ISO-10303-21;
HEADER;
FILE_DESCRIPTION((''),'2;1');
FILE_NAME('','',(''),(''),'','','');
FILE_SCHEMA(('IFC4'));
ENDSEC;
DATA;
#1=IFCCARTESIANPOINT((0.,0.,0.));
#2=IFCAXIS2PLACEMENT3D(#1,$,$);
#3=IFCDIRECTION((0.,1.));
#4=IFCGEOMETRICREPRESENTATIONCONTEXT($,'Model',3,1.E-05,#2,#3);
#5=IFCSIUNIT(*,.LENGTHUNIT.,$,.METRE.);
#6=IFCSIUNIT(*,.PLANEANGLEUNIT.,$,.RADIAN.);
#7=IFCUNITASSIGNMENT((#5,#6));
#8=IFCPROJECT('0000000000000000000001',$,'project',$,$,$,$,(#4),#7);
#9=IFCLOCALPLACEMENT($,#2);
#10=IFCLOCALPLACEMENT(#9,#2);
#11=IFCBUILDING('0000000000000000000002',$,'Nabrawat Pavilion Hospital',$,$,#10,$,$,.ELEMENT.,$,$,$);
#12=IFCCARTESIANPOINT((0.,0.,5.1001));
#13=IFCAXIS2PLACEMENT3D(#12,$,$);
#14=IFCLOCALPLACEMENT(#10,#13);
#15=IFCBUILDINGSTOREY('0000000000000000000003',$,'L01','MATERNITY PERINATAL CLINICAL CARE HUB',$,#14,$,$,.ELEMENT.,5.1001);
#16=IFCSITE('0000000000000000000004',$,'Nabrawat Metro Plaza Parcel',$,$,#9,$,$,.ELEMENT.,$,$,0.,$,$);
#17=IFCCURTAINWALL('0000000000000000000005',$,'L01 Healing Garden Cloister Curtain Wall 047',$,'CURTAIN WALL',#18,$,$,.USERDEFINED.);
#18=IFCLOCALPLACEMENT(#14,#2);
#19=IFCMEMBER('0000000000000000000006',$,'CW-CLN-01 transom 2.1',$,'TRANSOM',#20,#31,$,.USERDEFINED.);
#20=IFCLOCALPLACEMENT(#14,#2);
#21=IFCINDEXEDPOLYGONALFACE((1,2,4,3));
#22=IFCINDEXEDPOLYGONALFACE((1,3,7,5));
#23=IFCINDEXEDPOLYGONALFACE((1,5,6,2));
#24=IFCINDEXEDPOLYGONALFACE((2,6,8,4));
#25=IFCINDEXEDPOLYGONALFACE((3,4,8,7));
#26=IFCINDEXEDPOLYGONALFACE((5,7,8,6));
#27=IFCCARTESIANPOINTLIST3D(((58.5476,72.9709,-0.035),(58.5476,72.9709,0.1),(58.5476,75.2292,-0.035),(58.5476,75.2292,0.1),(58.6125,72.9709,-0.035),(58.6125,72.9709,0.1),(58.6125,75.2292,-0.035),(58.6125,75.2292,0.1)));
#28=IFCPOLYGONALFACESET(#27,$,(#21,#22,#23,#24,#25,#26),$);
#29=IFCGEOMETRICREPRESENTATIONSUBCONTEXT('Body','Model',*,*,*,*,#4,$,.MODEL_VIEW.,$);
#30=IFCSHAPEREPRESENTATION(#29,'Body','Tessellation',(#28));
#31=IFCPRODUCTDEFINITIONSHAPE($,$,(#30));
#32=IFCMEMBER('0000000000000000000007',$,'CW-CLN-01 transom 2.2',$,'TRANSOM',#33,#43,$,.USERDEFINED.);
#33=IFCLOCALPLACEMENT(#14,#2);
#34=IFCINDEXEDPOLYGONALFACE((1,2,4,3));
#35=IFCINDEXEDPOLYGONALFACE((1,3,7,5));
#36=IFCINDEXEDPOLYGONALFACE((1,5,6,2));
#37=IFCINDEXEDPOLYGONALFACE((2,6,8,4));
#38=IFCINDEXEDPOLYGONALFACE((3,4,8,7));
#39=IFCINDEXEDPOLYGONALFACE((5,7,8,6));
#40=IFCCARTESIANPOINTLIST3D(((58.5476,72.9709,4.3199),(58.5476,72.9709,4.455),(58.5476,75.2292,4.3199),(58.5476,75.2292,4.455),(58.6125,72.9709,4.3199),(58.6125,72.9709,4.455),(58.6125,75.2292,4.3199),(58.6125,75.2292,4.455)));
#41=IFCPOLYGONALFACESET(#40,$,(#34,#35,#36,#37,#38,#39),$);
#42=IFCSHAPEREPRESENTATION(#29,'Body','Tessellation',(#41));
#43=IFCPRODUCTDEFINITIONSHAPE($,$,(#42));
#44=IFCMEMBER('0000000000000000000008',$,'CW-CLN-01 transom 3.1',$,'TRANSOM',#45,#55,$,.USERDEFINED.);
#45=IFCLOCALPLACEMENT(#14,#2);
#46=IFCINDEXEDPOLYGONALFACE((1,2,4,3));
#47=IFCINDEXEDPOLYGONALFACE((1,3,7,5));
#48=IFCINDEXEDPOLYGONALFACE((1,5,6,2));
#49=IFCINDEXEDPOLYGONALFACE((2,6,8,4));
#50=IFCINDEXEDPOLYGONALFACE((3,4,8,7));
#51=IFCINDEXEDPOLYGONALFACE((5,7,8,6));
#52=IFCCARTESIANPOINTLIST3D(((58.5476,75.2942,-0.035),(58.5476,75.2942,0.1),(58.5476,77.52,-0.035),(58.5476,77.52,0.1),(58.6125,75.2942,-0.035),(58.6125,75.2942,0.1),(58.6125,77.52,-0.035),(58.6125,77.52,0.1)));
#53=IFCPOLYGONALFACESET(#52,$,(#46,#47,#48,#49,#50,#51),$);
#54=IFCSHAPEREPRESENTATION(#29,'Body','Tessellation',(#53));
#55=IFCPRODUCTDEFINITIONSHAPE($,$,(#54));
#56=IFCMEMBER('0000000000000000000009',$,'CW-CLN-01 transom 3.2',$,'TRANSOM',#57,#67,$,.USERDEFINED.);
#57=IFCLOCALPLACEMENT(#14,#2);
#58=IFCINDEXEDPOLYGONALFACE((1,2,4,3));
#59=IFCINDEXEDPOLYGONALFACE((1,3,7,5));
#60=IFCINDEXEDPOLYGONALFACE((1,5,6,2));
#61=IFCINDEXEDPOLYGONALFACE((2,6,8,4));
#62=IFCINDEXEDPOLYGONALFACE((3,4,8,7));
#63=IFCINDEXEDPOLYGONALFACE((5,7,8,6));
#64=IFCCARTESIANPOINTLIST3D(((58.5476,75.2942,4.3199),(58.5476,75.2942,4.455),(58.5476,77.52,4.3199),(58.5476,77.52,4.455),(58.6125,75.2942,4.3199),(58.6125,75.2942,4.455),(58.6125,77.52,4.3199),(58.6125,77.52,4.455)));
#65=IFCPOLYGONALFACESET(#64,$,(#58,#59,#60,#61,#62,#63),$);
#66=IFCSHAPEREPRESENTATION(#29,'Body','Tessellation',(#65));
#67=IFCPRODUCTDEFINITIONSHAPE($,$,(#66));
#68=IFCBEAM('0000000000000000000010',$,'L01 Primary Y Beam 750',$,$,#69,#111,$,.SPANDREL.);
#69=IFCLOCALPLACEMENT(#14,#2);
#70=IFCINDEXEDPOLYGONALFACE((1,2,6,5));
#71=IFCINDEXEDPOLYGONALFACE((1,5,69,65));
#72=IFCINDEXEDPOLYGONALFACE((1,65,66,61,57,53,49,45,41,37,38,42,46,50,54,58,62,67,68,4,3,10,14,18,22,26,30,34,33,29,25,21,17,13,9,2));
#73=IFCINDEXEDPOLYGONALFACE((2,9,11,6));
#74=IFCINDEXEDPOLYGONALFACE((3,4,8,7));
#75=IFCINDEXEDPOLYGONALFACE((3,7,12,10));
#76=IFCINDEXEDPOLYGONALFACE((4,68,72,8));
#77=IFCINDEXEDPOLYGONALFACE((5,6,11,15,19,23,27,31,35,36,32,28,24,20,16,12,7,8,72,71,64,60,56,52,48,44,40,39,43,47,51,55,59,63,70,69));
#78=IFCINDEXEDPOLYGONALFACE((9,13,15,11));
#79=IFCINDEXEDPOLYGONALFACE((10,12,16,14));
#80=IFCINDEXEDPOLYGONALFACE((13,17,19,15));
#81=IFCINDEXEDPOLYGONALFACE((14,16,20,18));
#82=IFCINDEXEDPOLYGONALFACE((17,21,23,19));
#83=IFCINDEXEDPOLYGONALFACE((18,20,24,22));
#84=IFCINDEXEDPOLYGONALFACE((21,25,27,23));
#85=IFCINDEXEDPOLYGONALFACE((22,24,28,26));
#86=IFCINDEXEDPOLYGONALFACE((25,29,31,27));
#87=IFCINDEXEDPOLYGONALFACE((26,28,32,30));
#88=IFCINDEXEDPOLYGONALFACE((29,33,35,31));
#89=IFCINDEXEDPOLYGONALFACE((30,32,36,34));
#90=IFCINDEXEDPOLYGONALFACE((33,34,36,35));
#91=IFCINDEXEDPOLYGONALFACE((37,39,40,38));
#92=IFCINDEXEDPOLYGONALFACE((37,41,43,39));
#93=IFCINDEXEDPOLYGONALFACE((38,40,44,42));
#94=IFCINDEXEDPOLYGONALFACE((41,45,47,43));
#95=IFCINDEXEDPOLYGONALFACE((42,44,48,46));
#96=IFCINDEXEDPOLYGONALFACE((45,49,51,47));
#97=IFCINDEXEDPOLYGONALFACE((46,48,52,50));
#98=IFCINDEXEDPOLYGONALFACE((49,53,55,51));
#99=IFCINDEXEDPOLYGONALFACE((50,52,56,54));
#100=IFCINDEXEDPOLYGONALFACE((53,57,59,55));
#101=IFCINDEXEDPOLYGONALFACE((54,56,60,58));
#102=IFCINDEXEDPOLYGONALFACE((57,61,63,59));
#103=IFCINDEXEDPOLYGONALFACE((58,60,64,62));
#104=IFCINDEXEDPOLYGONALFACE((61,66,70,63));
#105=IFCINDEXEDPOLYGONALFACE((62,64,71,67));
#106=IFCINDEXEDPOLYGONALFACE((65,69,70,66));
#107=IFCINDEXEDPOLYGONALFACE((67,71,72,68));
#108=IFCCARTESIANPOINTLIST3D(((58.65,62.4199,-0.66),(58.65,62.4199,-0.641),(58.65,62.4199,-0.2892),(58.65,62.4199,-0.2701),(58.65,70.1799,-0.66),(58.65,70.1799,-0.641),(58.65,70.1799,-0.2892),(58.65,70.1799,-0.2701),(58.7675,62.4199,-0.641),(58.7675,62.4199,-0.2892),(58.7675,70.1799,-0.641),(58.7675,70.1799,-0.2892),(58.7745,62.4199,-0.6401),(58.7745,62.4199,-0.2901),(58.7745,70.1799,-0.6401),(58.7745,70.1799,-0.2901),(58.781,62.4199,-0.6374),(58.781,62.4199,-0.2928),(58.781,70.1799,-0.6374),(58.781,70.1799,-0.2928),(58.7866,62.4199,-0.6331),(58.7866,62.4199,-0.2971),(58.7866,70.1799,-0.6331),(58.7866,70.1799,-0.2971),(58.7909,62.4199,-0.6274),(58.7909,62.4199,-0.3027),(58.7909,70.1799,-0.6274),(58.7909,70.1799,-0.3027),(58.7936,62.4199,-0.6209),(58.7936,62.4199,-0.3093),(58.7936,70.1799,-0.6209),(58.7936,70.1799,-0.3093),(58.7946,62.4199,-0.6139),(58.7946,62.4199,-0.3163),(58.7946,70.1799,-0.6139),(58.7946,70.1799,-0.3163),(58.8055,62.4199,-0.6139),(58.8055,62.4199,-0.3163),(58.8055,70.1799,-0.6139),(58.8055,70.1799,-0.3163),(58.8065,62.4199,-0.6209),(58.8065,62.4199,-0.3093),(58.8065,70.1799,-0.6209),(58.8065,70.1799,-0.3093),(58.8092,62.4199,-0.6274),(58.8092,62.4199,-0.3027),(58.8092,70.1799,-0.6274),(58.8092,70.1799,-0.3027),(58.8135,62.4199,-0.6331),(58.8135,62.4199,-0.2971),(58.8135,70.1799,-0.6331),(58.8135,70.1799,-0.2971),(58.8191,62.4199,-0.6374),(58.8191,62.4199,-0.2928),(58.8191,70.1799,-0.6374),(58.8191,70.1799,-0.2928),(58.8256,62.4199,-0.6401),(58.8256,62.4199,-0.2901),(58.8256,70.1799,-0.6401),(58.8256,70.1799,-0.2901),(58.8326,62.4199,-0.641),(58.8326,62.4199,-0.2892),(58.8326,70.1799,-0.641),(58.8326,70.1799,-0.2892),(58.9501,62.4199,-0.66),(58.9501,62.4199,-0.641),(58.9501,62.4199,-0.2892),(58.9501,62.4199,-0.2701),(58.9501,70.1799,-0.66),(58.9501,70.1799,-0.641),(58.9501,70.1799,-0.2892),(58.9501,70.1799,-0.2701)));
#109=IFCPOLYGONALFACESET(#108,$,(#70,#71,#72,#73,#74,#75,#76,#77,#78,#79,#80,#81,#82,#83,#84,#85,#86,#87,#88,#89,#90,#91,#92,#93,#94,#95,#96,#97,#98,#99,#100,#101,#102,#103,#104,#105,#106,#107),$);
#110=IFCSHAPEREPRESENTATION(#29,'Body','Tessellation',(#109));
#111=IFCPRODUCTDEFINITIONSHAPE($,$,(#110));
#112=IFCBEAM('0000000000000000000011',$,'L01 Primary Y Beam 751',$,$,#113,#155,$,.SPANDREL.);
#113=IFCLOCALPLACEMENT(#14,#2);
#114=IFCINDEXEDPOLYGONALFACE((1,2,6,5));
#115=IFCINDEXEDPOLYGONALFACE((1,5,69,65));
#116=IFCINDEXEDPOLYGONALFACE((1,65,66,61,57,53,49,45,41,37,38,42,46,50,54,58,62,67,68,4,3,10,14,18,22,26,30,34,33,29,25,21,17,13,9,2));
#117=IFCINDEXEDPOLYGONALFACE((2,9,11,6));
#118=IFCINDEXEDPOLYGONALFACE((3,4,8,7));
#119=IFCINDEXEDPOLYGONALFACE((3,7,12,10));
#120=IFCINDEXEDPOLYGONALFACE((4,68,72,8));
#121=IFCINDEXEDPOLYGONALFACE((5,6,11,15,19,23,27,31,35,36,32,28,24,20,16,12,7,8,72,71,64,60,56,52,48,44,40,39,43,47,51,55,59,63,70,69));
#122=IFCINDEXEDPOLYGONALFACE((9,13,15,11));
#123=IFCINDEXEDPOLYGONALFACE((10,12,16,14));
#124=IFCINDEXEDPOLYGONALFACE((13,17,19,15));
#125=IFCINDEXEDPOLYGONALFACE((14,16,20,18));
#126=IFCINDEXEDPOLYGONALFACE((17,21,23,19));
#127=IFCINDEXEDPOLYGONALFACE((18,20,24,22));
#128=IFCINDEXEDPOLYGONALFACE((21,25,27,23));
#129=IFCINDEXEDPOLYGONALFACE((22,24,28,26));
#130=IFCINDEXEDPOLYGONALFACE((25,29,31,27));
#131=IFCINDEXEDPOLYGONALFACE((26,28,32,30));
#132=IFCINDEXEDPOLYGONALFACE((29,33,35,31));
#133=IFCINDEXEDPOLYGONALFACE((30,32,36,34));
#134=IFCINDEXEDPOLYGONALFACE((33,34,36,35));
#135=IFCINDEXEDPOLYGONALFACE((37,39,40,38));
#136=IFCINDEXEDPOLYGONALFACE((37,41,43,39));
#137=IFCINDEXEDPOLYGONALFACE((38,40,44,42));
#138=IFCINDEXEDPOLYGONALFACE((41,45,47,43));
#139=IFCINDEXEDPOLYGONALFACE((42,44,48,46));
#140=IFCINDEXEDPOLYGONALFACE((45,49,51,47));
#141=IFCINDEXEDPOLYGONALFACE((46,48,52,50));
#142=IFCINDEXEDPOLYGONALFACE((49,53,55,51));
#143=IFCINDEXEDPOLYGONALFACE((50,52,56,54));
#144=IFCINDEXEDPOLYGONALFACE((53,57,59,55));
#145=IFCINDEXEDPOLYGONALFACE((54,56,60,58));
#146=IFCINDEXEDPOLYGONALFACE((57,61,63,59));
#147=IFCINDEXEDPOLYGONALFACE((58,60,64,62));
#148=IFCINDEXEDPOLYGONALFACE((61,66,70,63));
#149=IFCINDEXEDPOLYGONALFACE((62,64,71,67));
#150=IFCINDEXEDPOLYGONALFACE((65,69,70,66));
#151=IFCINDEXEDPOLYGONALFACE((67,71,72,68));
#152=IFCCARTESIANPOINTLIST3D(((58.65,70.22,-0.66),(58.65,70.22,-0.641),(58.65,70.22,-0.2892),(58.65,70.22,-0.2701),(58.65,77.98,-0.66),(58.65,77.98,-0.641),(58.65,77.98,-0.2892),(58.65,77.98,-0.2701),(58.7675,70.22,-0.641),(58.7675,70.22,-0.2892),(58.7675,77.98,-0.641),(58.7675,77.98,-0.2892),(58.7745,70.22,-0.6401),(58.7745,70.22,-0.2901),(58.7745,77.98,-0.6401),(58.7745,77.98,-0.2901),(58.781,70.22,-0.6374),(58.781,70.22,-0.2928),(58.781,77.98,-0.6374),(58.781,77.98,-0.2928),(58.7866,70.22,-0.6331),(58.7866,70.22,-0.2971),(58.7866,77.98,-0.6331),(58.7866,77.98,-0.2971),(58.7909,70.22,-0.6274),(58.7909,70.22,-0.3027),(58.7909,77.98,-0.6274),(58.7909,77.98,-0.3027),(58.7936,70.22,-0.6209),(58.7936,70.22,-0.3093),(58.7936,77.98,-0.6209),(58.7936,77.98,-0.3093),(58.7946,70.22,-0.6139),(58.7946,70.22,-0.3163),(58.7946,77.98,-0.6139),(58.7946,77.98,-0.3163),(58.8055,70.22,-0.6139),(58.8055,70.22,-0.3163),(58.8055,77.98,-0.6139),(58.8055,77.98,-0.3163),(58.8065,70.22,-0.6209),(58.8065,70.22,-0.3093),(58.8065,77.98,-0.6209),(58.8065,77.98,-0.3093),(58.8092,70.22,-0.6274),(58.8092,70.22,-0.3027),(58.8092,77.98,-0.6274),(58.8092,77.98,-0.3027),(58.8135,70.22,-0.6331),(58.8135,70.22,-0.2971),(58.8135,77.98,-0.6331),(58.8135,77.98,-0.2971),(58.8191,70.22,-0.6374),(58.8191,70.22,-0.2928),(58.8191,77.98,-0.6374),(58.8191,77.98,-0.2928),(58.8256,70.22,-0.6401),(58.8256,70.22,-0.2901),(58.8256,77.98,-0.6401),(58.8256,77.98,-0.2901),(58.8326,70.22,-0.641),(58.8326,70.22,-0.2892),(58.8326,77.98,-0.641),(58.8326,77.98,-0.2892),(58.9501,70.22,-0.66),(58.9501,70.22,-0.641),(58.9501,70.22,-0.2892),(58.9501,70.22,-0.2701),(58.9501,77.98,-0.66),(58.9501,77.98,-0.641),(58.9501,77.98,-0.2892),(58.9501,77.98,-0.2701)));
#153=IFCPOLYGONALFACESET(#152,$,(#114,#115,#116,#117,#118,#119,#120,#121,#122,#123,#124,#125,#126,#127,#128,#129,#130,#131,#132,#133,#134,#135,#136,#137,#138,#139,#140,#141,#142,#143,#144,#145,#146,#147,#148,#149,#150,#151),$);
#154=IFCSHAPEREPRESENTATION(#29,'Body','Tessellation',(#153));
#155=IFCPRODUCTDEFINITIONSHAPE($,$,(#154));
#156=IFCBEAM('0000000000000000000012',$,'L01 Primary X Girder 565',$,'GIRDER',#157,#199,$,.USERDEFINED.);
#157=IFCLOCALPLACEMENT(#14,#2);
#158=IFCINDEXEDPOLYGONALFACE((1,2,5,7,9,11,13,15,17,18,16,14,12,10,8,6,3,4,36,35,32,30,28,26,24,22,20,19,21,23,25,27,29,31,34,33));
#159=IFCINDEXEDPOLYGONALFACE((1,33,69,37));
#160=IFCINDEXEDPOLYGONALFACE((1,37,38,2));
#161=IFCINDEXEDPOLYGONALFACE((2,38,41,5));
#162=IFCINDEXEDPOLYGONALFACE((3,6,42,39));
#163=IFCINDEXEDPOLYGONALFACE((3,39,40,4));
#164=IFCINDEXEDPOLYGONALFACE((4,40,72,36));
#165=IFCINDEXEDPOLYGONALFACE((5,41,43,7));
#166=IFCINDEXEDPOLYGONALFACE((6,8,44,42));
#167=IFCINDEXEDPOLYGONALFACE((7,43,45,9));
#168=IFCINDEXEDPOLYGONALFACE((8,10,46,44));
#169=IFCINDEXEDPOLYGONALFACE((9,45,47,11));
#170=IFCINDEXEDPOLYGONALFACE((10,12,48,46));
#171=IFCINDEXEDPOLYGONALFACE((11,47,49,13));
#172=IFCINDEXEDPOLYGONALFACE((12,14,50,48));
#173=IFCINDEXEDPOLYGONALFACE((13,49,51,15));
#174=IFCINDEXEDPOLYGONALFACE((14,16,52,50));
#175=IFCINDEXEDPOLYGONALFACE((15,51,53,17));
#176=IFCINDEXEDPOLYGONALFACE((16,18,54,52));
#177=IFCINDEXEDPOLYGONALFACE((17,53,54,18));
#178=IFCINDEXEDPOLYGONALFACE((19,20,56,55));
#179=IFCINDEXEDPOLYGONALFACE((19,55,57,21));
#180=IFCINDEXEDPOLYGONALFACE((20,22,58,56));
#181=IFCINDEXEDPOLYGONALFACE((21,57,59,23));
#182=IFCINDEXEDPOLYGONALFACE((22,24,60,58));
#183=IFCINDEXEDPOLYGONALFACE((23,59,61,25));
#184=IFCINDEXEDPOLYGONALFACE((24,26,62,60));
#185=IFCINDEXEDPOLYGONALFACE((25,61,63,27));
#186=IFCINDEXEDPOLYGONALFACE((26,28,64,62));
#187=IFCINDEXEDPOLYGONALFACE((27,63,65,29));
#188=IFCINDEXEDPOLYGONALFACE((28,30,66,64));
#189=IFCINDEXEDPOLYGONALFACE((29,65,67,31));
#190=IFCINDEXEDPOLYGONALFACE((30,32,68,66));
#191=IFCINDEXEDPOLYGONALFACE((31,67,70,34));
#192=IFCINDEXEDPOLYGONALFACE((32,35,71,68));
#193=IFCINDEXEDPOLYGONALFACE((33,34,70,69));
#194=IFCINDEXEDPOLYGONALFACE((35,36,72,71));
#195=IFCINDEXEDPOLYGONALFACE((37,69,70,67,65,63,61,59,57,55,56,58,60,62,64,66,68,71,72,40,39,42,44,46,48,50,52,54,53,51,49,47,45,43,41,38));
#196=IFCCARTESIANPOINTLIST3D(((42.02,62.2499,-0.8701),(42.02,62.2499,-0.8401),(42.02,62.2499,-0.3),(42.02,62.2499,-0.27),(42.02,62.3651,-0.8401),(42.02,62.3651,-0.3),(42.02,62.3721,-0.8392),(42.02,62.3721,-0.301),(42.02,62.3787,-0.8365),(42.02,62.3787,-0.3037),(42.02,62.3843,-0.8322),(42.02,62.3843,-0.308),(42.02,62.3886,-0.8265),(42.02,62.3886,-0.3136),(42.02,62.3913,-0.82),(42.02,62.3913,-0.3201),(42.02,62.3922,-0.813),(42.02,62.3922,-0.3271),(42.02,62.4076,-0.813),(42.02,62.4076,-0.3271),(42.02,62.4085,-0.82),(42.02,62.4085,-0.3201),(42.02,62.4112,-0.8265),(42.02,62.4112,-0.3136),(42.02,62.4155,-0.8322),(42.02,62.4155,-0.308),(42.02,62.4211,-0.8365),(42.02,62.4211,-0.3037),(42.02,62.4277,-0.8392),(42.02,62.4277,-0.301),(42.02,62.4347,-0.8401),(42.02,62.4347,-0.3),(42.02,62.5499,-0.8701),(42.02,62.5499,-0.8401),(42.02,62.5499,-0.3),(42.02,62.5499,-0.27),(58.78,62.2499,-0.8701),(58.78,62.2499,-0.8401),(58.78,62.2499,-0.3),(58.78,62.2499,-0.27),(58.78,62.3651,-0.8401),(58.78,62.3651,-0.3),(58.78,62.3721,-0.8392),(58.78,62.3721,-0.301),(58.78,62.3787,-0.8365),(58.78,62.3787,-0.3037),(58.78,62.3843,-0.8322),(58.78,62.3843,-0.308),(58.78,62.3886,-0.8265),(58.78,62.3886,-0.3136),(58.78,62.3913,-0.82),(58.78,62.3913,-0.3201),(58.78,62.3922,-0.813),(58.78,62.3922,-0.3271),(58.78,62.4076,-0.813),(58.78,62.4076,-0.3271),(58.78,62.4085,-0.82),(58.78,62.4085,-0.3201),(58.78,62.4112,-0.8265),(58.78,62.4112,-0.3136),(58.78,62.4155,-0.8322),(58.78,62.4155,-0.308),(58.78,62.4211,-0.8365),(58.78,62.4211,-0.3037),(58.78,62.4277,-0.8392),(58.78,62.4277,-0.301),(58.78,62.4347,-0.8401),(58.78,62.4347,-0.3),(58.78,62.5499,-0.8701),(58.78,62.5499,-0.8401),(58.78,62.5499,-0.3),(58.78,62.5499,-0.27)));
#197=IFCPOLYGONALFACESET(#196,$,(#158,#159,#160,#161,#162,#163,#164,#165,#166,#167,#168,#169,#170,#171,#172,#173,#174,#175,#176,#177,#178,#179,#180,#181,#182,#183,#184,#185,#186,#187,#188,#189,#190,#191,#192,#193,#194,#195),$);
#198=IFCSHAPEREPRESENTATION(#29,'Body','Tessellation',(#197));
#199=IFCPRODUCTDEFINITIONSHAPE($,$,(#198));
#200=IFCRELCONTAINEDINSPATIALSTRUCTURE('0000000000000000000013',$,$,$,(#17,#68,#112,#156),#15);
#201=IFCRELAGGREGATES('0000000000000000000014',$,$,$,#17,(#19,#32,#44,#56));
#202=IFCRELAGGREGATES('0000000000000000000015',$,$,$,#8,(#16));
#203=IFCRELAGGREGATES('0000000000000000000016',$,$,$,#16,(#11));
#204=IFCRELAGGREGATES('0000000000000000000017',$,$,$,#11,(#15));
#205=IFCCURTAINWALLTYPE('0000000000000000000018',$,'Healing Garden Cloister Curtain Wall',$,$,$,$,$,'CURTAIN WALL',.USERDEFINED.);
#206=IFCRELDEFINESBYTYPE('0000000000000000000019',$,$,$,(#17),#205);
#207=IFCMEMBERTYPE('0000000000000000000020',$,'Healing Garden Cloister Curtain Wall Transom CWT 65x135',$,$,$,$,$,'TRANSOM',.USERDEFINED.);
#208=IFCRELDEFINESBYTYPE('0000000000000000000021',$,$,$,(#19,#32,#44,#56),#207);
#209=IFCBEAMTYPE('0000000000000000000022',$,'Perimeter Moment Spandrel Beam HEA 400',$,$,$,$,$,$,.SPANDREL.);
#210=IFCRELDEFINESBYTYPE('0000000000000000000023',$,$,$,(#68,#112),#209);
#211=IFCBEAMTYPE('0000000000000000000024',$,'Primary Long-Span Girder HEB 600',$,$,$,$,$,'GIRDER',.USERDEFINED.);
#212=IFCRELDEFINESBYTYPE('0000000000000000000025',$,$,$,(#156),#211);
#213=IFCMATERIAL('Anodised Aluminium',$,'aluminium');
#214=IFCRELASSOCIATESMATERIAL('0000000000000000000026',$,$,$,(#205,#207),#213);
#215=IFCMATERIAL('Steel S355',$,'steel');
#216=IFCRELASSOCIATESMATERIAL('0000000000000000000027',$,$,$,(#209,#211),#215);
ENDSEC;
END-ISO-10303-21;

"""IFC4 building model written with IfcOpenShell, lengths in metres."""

from ifc_helpers import new_model, si_unit, direction, frame, origin, origin_2d, place, context, subcontext, project, spatial, rectangle, i_section, extrude, material, material_profile, profile_set, type_object, element, aggregate, save


model = new_model("IFC4")

# Units and contexts
model_context = context("Model", 3, precision=1e-05, world=origin(), true_north=direction((0.0, 1.0)))
body_context = subcontext(model_context, "Body", "Model", "MODEL_VIEW")
ifc_project = project(units=[si_unit("LENGTHUNIT", "METRE"), si_unit("PLANEANGLEUNIT", "RADIAN")], contexts=[model_context])

# Site, building, storey
site_placement = place(None, origin())
site = spatial("IfcSite", under=ifc_project, at=site_placement, Name="Nabrawat Metro Plaza Parcel", CompositionType="ELEMENT", RefElevation=0.0)
building_placement = place(site_placement, origin())
building = spatial("IfcBuilding", under=site, at=building_placement, Name="Nabrawat Pavilion Hospital", CompositionType="ELEMENT")
storey_placement = place(building_placement, frame((0.0, 0.0, 5.1001)))
storey = spatial("IfcBuildingStorey", under=building, at=storey_placement, Name="L01", Description="MATERNITY PERINATAL CLINICAL CARE HUB", CompositionType="ELEMENT", Elevation=5.1001)

# Shared definitions
ifc_material_1 = material(Name="Steel S355", Category="steel")

# Shared definitions
ifc_material_2 = material(Name="Anodised Aluminium", Category="aluminium")
curtain_wall_type = type_object("IfcCurtainWallType", Name="Healing Garden Cloister Curtain Wall", ElementType="CURTAIN WALL", PredefinedType="USERDEFINED", material=ifc_material_2)

# Curtain wall
curtain_wall_1_placement = place(storey_placement, origin())
curtain_wall_1 = element("IfcCurtainWall", 1, at=curtain_wall_1_placement, inside=storey, type_object=curtain_wall_type, Name="L01 Healing Garden Cloister Curtain Wall 047", ObjectType="CURTAIN WALL", PredefinedType="USERDEFINED")

# Members
ifc_material_profile_1 = material_profile(ifc_material_2, rectangle(XDim=0.0649, YDim=0.135, at=origin_2d()), Name="CWT 65x135")
ifc_profile_set_1 = profile_set([ifc_material_profile_1], Name="Anodised Aluminium")
member_type_1 = type_object("IfcMemberType", Name="Healing Garden Cloister Curtain Wall Transom CWT 65x135", ElementType="TRANSOM", PredefinedType="USERDEFINED", material=ifc_profile_set_1)
member_1_placement = place(storey_placement, frame((58.5801, 72.9709, 0.0325), z_axis=(0.0, 1.0, 0.0), x_axis=(-1.0, 0.0, 0.0)))
member_1 = element("IfcMember", 2, at=member_1_placement, type_object=member_type_1, Name="CW-CLN-01 transom 2.1", ObjectType="TRANSOM", PredefinedType="USERDEFINED", context=body_context, shape_type="SweptSolid", body=[
    extrude(rectangle(XDim=0.0649, YDim=0.135, at=origin_2d()), origin(), (0.0, 0.0, 1.0), 2.2583),
])
member_2_placement = place(storey_placement, frame((58.5801, 72.9709, 4.3875), z_axis=(0.0, 1.0, 0.0), x_axis=(-1.0, 0.0, 0.0)))
member_2 = element("IfcMember", 3, at=member_2_placement, type_object=member_type_1, Name="CW-CLN-01 transom 2.2", ObjectType="TRANSOM", PredefinedType="USERDEFINED", context=body_context, shape_type="SweptSolid", body=[
    extrude(rectangle(XDim=0.0649, YDim=0.135, at=origin_2d()), origin(), (0.0, 0.0, 1.0), 2.2583),
])
member_3_placement = place(storey_placement, frame((58.5801, 75.2942, 0.0325), z_axis=(0.0, 1.0, 0.0), x_axis=(-1.0, 0.0, 0.0)))
member_3 = element("IfcMember", 4, at=member_3_placement, type_object=member_type_1, Name="CW-CLN-01 transom 3.1", ObjectType="TRANSOM", PredefinedType="USERDEFINED", context=body_context, shape_type="SweptSolid", body=[
    extrude(rectangle(XDim=0.0649, YDim=0.135, at=origin_2d()), origin(), (0.0, 0.0, 1.0), 2.2258),
])
member_4_placement = place(storey_placement, frame((58.5801, 75.2942, 4.3875), z_axis=(0.0, 1.0, 0.0), x_axis=(-1.0, 0.0, 0.0)))
member_4 = element("IfcMember", 5, at=member_4_placement, type_object=member_type_1, Name="CW-CLN-01 transom 3.2", ObjectType="TRANSOM", PredefinedType="USERDEFINED", context=body_context, shape_type="SweptSolid", body=[
    extrude(rectangle(XDim=0.0649, YDim=0.135, at=origin_2d()), origin(), (0.0, 0.0, 1.0), 2.2258),
])

# Beams
ifc_material_profile_2 = material_profile(ifc_material_1, i_section(OverallWidth=0.3, OverallDepth=0.3899, WebThickness=0.011, FlangeThickness=0.019, FilletRadius=0.0271, at=origin_2d()), Name="HEA 400")
ifc_profile_set_2 = profile_set([ifc_material_profile_2], Name="Steel S355")
beam_type_1 = type_object("IfcBeamType", Name="Perimeter Moment Spandrel Beam HEA 400", PredefinedType="SPANDREL", material=ifc_profile_set_2)
for number, where, z_axis, x_axis, name in (
    (6, (58.8, 62.4199, -0.4651), (0.0, 1.0, 0.0), (-1.0, 0.0, 0.0), "L01 Primary Y Beam 750"),
    (7, (58.8, 70.22, -0.4651), (0.0, 1.0, 0.0), (-1.0, 0.0, 0.0), "L01 Primary Y Beam 751"),
):
    element("IfcBeam", number, at=place(storey_placement, frame(where, z_axis=z_axis, x_axis=x_axis)), inside=storey, type_object=beam_type_1, Name=name, PredefinedType="SPANDREL", context=body_context, shape_type="SweptSolid", body=[
        extrude(i_section(OverallWidth=0.3, OverallDepth=0.3899, WebThickness=0.011, FlangeThickness=0.019, FilletRadius=0.0271, at=origin_2d()), origin(), (0.0, 0.0, 1.0), 7.76),
    ])
ifc_material_profile_3 = material_profile(ifc_material_1, i_section(OverallWidth=0.3, OverallDepth=0.6001, WebThickness=0.0154, FlangeThickness=0.03, FilletRadius=0.0271, at=origin_2d()), Name="HEB 600")
ifc_profile_set_3 = profile_set([ifc_material_profile_3], Name="Steel S355")
beam_type_2 = type_object("IfcBeamType", Name="Primary Long-Span Girder HEB 600", ElementType="GIRDER", PredefinedType="USERDEFINED", material=ifc_profile_set_3)
beam_placement = place(storey_placement, frame((42.02, 62.3999, -0.5701), z_axis=(1.0, 0.0, 0.0), x_axis=(0.0, 1.0, 0.0)))
element("IfcBeam", 8, at=beam_placement, inside=storey, type_object=beam_type_2, Name="L01 Primary X Girder 565", ObjectType="GIRDER", PredefinedType="USERDEFINED", context=body_context, shape_type="SweptSolid", body=[
    extrude(i_section(OverallWidth=0.3, OverallDepth=0.6001, WebThickness=0.0154, FlangeThickness=0.03, FilletRadius=0.0271, at=origin_2d()), origin(), (0.0, 0.0, 1.0), 16.76),
])

aggregate(curtain_wall_1, [member_1, member_2, member_3, member_4])

save(model, "model.ifc")
